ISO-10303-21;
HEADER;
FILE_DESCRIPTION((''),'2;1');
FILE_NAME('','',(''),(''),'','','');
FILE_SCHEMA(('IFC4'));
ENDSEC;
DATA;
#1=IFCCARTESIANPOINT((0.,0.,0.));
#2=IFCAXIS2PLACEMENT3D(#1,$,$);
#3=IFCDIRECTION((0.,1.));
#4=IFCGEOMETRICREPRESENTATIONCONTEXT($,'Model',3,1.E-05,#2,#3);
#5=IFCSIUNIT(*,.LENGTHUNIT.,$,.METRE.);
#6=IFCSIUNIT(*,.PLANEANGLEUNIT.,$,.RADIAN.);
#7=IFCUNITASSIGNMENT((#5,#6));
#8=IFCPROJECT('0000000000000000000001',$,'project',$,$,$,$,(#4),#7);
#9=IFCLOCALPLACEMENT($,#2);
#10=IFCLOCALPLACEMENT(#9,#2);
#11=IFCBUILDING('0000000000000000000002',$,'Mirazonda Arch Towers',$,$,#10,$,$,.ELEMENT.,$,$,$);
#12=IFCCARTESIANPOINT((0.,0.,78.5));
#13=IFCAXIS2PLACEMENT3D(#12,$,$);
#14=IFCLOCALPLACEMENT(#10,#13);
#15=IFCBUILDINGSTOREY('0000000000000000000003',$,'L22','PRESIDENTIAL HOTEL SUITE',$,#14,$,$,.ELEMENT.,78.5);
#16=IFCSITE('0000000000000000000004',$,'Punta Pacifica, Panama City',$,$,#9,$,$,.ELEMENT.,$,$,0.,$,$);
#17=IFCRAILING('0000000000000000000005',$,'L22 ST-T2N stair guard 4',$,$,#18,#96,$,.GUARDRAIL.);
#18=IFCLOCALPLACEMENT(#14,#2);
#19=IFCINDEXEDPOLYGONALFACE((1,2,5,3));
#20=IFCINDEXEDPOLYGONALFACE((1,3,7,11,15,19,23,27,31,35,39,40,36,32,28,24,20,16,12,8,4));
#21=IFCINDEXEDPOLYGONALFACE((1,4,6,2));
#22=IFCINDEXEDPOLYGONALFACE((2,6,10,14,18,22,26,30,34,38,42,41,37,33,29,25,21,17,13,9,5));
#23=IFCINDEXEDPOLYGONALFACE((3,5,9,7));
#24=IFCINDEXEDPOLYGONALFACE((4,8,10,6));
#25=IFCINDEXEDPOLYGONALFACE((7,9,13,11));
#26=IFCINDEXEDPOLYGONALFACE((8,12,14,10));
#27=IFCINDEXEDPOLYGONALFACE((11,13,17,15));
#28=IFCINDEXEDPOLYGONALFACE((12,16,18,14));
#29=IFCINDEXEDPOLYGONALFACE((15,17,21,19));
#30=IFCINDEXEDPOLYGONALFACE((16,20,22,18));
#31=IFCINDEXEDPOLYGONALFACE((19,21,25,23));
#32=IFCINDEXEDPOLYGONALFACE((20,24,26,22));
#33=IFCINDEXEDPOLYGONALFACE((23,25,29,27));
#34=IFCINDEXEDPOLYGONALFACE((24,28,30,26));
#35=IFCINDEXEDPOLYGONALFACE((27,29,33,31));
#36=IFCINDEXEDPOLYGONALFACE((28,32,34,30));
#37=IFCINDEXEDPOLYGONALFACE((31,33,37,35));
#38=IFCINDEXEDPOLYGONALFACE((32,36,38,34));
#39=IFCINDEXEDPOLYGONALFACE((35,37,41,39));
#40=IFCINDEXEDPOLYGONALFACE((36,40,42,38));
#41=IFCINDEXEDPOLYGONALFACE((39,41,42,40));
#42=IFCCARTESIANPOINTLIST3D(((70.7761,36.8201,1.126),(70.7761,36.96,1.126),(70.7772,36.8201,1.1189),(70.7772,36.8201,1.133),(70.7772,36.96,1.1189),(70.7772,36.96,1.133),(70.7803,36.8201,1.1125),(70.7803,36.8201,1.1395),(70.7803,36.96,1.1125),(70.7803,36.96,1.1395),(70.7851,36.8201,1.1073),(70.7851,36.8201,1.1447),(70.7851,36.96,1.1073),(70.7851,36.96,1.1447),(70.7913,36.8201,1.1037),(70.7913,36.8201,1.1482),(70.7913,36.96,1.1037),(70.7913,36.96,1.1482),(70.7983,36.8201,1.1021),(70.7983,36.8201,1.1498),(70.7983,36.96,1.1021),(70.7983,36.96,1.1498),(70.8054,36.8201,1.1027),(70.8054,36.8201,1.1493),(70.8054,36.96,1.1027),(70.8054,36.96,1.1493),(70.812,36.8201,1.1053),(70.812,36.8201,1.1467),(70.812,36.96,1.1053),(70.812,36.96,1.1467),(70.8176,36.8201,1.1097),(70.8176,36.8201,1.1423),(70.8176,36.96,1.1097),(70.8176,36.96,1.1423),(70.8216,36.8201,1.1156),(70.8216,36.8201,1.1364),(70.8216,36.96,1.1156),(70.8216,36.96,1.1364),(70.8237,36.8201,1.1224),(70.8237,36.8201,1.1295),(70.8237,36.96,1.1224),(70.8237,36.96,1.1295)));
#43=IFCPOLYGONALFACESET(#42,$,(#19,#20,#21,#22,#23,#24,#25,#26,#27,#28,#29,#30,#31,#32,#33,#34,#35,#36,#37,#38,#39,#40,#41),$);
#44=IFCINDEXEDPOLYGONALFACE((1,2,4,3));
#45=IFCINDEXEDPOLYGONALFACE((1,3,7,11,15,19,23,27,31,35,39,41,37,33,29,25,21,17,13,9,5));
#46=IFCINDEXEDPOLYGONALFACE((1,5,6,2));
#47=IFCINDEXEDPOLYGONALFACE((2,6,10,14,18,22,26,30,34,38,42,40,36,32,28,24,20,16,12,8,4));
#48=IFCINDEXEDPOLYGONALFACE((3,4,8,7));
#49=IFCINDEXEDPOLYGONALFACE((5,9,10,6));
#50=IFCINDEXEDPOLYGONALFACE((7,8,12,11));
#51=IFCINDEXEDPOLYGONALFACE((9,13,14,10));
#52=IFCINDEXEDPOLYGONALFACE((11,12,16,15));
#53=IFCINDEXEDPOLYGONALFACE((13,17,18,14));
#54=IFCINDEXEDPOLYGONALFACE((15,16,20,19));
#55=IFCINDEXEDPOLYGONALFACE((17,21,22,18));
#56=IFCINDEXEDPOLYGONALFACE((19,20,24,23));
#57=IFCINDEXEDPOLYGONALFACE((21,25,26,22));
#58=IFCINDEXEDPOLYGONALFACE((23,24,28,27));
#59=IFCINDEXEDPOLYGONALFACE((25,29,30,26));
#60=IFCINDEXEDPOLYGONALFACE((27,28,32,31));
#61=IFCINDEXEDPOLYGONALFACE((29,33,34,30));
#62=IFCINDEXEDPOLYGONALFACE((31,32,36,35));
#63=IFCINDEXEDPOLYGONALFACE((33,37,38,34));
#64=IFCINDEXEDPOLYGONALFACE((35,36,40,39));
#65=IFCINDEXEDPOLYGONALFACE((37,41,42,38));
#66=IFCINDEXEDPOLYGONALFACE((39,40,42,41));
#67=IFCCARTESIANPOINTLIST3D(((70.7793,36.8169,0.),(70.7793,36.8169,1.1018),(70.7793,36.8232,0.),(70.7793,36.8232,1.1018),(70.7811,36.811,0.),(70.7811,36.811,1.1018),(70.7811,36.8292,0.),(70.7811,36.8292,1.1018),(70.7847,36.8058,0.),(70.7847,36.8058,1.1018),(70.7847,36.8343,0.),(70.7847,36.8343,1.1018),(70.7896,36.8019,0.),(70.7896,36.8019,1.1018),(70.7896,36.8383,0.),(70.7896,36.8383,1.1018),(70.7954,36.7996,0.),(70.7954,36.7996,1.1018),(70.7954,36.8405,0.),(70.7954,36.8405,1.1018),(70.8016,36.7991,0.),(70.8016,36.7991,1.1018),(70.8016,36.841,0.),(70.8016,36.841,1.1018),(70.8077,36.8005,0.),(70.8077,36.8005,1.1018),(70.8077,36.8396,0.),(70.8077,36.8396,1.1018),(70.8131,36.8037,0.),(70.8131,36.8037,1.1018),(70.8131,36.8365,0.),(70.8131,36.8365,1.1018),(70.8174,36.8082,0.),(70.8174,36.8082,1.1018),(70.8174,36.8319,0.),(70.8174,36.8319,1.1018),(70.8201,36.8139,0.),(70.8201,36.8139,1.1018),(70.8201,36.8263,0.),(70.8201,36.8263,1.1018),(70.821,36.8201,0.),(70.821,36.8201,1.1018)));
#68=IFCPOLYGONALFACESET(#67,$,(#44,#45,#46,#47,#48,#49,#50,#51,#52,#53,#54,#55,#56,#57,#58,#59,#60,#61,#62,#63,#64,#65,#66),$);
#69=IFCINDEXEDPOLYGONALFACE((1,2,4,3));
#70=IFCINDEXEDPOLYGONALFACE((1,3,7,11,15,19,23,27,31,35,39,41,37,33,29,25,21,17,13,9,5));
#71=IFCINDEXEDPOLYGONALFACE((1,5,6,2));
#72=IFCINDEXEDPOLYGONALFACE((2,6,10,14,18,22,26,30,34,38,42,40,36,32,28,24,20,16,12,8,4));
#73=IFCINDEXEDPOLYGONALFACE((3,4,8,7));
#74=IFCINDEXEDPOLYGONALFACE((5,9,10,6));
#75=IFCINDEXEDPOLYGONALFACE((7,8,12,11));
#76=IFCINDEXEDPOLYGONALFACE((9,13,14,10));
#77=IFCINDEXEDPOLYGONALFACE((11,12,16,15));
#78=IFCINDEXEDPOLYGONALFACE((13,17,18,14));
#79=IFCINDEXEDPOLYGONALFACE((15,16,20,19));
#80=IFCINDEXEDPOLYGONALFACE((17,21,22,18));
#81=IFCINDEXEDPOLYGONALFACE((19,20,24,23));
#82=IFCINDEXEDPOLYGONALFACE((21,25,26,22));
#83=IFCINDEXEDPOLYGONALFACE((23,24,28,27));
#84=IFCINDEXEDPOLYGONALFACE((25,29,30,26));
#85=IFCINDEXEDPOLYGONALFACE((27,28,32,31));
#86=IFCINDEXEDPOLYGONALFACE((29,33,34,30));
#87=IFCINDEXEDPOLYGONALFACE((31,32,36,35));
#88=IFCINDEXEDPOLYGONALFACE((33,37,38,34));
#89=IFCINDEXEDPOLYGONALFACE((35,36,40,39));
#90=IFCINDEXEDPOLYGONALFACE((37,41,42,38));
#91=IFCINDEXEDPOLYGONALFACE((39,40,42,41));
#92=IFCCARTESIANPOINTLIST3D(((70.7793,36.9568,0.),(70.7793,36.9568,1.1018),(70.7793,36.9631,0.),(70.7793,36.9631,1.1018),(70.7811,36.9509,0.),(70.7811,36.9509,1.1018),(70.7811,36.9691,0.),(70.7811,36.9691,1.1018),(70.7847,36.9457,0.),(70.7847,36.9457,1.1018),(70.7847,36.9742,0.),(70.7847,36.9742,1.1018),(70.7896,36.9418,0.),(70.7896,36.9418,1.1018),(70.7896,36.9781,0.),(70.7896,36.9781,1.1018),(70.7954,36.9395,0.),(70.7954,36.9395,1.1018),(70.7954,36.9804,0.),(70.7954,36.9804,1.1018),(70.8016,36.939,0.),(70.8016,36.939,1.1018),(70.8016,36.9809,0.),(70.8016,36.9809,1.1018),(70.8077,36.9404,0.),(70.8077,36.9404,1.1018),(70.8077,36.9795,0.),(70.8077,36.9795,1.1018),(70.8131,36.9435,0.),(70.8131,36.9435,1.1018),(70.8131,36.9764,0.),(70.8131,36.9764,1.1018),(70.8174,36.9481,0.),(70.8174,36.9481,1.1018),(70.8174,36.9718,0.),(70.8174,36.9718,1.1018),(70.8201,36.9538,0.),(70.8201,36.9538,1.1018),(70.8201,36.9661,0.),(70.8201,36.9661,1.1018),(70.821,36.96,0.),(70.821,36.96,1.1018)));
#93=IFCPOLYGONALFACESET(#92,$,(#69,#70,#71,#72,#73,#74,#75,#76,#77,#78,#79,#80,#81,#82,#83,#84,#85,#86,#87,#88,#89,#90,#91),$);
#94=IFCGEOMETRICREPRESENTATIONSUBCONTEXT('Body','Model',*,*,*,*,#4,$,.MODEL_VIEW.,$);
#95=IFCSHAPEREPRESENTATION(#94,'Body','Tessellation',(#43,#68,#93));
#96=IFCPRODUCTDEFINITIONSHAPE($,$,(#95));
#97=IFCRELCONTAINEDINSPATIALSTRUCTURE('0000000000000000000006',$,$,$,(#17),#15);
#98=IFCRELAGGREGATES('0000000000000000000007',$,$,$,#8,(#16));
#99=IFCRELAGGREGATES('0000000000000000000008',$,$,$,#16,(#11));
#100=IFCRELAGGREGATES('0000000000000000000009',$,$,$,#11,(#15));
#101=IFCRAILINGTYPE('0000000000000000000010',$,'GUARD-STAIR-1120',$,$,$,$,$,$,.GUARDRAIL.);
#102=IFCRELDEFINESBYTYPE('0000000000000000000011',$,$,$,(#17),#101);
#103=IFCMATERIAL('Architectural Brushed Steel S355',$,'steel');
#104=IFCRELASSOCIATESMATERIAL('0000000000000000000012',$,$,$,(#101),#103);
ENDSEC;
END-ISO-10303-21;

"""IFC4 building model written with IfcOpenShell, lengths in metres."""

from ifc_helpers import new_model, si_unit, direction, frame, origin, origin_2d, place, context, subcontext, project, spatial, circle, extrude, material, type_object, element, save


model = new_model("IFC4")

# Units and contexts
model_context = context("Model", 3, precision=1e-05, world=origin(), true_north=direction((0.0, 1.0)))
body_context = subcontext(model_context, "Body", "Model", "MODEL_VIEW")
ifc_project = project(units=[si_unit("LENGTHUNIT", "METRE"), si_unit("PLANEANGLEUNIT", "RADIAN")], contexts=[model_context])

# Site, building, storey
site_placement = place(None, origin())
site = spatial("IfcSite", under=ifc_project, at=site_placement, Name="Punta Pacifica, Panama City", CompositionType="ELEMENT", RefElevation=0.0)
building_placement = place(site_placement, origin())
building = spatial("IfcBuilding", under=site, at=building_placement, Name="Mirazonda Arch Towers", CompositionType="ELEMENT")
storey_placement = place(building_placement, frame((0.0, 0.0, 78.5)))
storey = spatial("IfcBuildingStorey", under=building, at=storey_placement, Name="L22", Description="PRESIDENTIAL HOTEL SUITE", CompositionType="ELEMENT", Elevation=78.5)

# Railing
ifc_material_1 = material(Name="Architectural Brushed Steel S355", Category="steel")
railing_type = type_object("IfcRailingType", Name="GUARD-STAIR-1120", PredefinedType="GUARDRAIL", material=ifc_material_1)
railing_1_placement = place(storey_placement, frame((70.8, 36.8201, 0.0)))
element("IfcRailing", 1, at=railing_1_placement, inside=storey, type_object=railing_type, Name="L22 ST-T2N stair guard 4", PredefinedType="GUARDRAIL", context=body_context, shape_type="SweptSolid", body=[
    extrude(circle(Radius=0.0239, at=origin_2d()), frame((0.0, 0.0, 1.126), z_axis=(0.0, 1.0, 0.0), x_axis=(-1.0, 0.0, 0.0)), (0.0, 0.0, 1.0), 0.1399),
    extrude(circle(Radius=0.021, at=origin_2d()), origin(), (0.0, 0.0, 1.0), 1.1018),
    extrude(circle(Radius=0.021, at=origin_2d()), frame((0.0, 0.1399, 0.0)), (0.0, 0.0, 1.0), 1.1018),
])

save(model, "model.ifc")
